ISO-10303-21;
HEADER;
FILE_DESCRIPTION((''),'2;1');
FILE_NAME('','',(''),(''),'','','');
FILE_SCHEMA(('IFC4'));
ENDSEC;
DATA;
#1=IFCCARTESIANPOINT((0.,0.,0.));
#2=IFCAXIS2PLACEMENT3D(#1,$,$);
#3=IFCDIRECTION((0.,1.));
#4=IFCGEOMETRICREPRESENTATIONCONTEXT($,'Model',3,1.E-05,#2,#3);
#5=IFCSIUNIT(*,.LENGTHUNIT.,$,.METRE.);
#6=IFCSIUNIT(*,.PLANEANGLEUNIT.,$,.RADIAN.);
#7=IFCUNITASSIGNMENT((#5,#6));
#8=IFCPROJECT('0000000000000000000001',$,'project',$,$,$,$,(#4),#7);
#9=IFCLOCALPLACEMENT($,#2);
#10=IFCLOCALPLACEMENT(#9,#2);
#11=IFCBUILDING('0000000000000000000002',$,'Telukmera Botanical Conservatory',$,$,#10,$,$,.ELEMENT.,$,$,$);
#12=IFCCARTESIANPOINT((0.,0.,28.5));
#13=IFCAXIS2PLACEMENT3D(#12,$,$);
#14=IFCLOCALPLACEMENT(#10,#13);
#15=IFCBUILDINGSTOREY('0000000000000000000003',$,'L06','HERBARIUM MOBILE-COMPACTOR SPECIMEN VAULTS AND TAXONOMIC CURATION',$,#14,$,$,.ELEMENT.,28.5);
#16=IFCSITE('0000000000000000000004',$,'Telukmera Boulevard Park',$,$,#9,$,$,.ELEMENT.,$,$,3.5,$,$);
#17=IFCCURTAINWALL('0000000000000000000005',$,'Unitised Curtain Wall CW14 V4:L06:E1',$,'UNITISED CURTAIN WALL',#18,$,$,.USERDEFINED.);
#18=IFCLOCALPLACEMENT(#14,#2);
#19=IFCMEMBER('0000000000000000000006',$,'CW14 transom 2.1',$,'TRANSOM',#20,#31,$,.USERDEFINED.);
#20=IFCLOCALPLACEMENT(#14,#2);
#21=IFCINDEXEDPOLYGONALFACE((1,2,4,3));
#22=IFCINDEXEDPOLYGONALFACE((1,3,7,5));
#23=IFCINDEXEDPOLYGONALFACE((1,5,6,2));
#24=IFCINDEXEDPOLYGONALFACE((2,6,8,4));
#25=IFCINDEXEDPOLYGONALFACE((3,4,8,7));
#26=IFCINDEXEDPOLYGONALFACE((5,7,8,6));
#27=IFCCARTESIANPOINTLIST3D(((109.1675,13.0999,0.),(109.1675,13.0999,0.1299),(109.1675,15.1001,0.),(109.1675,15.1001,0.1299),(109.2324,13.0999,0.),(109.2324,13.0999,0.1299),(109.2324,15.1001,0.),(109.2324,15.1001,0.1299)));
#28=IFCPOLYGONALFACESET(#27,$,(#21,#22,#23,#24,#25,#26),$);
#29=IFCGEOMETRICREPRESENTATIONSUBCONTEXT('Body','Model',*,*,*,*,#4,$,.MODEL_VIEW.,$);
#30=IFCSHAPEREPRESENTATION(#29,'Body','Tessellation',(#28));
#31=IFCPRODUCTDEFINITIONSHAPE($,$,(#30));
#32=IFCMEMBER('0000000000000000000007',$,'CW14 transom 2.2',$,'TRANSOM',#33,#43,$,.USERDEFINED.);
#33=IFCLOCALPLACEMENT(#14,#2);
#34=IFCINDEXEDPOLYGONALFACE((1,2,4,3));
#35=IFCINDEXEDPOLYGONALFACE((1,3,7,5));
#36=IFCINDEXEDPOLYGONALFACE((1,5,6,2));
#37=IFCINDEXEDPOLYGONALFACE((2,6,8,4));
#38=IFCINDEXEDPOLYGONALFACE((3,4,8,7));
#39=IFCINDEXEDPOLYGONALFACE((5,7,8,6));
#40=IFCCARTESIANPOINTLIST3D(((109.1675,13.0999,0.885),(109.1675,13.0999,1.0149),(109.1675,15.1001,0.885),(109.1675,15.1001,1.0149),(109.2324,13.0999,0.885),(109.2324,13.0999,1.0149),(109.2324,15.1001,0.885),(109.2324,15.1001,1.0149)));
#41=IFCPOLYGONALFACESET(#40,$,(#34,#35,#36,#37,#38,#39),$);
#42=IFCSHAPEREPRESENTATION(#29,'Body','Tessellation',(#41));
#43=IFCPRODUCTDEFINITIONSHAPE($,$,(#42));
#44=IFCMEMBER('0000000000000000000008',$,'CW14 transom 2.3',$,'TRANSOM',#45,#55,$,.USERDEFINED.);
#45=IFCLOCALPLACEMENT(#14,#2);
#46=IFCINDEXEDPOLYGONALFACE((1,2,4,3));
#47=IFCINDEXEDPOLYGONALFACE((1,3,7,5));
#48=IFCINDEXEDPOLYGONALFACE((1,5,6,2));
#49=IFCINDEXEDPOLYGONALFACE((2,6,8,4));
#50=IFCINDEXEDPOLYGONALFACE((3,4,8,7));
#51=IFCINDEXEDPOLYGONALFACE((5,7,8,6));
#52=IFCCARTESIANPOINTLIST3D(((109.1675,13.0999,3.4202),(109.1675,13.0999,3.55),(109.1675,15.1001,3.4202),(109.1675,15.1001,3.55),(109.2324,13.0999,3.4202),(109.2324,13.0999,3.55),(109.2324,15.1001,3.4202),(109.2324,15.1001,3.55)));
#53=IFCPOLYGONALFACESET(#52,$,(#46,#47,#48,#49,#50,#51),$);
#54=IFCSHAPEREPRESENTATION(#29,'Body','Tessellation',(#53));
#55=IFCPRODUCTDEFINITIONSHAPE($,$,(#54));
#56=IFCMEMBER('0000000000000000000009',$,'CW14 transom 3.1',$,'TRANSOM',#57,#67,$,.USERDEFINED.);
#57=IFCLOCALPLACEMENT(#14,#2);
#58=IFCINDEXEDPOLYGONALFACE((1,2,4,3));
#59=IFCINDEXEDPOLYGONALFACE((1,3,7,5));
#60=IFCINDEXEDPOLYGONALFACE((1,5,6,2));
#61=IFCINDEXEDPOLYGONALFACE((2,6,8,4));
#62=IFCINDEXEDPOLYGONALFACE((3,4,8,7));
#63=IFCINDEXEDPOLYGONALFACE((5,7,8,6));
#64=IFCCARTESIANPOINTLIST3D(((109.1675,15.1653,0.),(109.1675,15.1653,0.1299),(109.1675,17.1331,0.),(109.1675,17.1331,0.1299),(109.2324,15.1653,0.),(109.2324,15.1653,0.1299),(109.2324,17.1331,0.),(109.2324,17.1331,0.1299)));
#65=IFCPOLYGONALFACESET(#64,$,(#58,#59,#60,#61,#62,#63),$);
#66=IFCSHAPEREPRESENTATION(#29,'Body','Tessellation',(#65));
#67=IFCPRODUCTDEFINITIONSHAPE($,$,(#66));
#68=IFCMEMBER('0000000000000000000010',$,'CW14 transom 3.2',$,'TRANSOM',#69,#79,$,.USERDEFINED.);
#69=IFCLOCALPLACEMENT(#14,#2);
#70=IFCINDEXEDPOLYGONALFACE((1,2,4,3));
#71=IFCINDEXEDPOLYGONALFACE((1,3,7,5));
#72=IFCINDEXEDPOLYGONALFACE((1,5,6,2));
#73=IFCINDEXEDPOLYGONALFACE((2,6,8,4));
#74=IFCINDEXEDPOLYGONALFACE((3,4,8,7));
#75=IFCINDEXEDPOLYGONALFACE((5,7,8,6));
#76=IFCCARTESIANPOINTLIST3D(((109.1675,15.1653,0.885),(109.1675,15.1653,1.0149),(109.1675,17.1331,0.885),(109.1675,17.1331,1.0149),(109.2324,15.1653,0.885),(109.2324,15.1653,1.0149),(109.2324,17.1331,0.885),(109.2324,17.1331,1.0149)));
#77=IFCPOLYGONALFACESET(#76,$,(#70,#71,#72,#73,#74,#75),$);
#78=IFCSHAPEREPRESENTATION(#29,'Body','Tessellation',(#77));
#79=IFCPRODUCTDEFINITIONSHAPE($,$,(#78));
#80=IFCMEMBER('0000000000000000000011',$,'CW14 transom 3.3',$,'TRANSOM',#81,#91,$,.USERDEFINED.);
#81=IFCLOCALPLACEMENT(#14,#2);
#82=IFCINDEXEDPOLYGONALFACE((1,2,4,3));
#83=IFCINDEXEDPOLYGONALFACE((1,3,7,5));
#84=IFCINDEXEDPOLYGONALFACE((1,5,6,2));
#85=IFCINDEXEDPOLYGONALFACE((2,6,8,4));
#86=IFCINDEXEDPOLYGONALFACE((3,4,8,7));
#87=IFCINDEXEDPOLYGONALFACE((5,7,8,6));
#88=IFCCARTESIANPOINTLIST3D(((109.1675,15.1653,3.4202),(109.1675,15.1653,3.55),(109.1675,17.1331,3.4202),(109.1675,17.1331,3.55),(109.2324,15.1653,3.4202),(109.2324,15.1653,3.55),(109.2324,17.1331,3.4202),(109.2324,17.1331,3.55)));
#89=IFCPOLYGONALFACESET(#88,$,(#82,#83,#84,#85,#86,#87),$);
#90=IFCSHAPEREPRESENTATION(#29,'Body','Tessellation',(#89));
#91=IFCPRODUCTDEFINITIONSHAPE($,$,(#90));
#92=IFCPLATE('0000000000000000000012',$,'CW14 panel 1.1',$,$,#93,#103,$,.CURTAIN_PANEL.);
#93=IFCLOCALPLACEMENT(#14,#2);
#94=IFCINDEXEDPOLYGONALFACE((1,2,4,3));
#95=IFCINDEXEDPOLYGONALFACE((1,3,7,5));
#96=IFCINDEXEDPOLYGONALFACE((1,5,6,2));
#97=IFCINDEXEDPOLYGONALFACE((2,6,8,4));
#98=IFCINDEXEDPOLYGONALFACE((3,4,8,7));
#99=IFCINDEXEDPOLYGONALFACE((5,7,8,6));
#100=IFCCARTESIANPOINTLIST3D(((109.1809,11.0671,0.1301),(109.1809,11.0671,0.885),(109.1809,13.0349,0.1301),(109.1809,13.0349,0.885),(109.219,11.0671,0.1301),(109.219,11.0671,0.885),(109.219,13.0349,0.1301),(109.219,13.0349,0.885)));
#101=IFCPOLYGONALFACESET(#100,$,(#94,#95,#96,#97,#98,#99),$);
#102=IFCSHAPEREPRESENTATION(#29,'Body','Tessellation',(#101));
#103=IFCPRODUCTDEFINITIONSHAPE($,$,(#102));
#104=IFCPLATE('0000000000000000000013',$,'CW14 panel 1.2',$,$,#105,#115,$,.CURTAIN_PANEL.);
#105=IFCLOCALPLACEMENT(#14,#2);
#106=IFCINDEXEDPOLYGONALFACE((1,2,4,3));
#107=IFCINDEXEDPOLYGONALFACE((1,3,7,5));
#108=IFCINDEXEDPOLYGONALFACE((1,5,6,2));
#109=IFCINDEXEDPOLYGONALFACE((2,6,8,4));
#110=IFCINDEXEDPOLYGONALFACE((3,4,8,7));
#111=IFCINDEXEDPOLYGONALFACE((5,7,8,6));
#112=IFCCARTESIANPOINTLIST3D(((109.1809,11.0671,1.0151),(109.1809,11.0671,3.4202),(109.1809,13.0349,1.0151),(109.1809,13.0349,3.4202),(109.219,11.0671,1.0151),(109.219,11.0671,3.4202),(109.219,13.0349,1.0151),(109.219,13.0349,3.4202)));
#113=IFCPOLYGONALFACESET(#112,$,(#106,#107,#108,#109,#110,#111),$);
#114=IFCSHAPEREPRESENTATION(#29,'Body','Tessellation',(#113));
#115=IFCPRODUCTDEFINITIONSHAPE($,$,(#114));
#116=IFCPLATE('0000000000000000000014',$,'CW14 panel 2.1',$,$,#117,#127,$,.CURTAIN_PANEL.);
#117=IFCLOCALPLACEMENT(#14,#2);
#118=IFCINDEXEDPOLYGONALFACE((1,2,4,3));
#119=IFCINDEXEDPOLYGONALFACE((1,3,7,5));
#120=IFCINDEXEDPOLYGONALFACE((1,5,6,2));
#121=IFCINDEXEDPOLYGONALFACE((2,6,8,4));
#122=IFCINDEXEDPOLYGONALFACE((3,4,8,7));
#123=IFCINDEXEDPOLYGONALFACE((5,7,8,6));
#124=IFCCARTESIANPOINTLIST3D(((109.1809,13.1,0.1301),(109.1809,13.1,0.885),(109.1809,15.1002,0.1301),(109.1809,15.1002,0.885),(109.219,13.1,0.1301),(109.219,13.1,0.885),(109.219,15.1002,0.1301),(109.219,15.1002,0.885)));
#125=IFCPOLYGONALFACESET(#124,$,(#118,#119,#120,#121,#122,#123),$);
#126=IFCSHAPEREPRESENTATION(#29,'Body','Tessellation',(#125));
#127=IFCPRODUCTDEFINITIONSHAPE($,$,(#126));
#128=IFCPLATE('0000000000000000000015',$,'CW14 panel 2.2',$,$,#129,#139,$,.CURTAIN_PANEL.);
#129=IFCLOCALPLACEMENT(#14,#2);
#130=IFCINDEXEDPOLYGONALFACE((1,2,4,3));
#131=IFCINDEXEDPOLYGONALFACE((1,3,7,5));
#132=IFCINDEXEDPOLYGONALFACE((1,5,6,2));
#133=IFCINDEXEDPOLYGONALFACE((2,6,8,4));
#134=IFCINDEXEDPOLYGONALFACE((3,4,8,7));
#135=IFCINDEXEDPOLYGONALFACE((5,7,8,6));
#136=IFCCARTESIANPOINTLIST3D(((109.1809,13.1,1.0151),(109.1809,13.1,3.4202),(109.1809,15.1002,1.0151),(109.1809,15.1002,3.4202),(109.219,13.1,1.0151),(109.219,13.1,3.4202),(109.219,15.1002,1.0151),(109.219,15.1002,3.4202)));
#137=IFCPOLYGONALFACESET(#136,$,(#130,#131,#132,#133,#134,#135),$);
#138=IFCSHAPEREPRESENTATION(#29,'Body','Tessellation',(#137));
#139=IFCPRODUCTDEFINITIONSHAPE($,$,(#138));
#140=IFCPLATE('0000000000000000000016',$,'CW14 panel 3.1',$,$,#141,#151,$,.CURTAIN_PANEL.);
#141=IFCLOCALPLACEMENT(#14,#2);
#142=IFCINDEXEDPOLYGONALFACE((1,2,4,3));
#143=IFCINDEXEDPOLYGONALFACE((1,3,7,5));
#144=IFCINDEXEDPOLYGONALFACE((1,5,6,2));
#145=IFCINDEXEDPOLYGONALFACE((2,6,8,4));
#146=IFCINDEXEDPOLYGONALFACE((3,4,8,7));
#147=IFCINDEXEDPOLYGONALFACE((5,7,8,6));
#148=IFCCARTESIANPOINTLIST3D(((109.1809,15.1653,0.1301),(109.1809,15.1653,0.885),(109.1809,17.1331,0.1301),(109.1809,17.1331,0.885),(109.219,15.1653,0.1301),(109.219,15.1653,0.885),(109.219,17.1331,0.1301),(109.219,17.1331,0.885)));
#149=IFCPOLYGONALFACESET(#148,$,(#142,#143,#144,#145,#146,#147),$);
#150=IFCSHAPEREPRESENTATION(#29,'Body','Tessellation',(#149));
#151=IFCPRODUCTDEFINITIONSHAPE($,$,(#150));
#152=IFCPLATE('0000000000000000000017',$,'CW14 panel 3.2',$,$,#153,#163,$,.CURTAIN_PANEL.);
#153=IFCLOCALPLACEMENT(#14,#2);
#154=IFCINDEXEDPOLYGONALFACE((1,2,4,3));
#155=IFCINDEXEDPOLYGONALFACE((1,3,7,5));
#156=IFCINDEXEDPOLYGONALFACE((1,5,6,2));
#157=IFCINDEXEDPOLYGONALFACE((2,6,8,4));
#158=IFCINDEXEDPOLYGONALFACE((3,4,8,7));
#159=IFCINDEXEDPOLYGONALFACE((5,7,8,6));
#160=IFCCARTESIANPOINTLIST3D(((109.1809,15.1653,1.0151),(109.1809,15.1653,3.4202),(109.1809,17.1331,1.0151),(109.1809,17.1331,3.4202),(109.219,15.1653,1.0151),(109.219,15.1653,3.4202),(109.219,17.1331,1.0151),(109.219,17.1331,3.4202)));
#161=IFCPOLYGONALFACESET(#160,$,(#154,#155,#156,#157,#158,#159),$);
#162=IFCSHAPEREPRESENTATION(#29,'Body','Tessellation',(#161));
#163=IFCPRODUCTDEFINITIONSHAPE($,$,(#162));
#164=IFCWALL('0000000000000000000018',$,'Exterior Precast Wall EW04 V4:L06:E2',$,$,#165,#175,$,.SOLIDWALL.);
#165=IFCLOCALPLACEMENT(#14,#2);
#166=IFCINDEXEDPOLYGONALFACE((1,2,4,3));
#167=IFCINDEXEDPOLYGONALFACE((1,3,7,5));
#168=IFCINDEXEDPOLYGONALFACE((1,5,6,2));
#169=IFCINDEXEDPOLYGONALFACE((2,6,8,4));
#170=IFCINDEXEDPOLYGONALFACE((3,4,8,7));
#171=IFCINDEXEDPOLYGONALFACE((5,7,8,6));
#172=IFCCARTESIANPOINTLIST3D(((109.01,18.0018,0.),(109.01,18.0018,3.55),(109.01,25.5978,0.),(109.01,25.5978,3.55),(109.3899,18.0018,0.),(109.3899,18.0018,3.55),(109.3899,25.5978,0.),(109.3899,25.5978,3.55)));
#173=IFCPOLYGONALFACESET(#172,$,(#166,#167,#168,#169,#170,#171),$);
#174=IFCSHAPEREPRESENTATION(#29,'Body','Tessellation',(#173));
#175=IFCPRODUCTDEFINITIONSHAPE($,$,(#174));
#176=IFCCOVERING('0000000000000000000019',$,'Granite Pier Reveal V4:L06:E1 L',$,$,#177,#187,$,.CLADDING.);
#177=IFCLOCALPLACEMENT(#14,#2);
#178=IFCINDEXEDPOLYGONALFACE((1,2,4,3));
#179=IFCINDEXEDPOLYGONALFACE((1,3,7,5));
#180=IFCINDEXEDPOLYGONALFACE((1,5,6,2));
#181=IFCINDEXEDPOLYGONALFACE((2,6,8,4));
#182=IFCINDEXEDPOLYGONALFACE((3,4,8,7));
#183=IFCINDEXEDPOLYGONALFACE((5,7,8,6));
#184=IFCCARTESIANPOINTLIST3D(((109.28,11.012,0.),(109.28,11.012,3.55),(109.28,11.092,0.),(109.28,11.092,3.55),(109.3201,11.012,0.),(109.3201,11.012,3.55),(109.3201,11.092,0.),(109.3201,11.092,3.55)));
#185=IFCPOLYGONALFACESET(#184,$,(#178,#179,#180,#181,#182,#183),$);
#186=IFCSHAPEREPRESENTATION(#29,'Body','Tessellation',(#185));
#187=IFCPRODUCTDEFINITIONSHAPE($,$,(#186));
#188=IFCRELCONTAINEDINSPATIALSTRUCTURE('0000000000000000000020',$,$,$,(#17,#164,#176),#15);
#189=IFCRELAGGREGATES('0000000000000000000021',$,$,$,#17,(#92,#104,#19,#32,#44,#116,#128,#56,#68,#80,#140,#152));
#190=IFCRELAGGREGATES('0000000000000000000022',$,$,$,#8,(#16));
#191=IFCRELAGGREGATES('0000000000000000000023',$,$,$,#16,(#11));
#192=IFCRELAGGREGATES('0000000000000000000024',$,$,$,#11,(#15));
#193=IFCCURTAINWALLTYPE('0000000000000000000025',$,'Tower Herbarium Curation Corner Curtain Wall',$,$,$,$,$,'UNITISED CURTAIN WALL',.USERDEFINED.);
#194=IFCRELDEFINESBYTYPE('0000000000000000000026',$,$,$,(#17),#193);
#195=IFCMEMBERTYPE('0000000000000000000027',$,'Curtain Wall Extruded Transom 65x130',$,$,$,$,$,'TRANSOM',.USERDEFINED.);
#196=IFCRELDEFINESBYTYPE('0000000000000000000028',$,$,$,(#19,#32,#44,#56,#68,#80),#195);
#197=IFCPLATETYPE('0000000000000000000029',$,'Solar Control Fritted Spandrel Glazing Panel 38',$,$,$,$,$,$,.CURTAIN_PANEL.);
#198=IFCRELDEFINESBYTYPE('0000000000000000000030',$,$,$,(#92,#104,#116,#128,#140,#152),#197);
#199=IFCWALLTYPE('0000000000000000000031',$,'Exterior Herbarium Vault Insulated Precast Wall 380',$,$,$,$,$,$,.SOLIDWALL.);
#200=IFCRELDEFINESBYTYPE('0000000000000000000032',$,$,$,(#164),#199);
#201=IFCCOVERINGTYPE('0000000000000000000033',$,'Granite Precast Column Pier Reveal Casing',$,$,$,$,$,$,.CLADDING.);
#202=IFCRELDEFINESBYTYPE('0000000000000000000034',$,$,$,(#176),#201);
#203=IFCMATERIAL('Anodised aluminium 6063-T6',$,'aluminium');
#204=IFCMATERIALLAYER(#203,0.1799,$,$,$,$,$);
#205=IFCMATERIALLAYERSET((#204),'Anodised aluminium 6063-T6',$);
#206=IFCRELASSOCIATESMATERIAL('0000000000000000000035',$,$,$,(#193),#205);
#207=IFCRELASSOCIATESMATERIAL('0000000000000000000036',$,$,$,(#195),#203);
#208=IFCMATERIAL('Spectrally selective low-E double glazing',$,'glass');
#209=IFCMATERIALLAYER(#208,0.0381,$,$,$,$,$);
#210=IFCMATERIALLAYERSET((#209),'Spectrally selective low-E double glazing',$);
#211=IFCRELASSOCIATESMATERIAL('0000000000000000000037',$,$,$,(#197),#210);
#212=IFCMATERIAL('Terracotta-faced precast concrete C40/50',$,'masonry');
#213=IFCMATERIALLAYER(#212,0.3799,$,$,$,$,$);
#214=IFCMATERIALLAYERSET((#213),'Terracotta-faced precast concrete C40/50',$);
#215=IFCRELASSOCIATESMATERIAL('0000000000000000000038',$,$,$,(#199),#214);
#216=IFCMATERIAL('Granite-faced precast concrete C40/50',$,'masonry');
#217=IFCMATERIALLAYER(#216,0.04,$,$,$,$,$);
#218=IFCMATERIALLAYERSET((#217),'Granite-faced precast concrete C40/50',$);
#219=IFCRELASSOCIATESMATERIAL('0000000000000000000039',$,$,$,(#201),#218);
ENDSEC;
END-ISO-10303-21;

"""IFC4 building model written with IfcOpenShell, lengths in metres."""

from ifc_helpers import new_model, si_unit, direction, frame, frame_2d, origin, origin_2d, place, context, subcontext, project, spatial, rectangle, extrude, material, layer, layer_set, material_profile, profile_set, type_object, element, aggregate, save


model = new_model("IFC4")

# Units and contexts
model_context = context("Model", 3, precision=1e-05, world=origin(), true_north=direction((0.0, 1.0)))
body_context = subcontext(model_context, "Body", "Model", "MODEL_VIEW")
ifc_project = project(units=[si_unit("LENGTHUNIT", "METRE"), si_unit("PLANEANGLEUNIT", "RADIAN")], contexts=[model_context])

# Site, building, storey
site_placement = place(None, origin())
site = spatial("IfcSite", under=ifc_project, at=site_placement, Name="Telukmera Boulevard Park", CompositionType="ELEMENT", RefElevation=3.5)
building_placement = place(site_placement, origin())
building = spatial("IfcBuilding", under=site, at=building_placement, Name="Telukmera Botanical Conservatory", CompositionType="ELEMENT")
storey_placement = place(building_placement, frame((0.0, 0.0, 28.5)))
storey = spatial("IfcBuildingStorey", under=building, at=storey_placement, Name="L06", Description="HERBARIUM MOBILE-COMPACTOR SPECIMEN VAULTS AND TAXONOMIC CURATION", CompositionType="ELEMENT", Elevation=28.5)

# Curtain wall, members, plates
ifc_material_1 = material(Name="Anodised aluminium 6063-T6", Category="aluminium")
ifc_layer_1 = layer(ifc_material_1, 0.1799)
ifc_layer_set_1 = layer_set([ifc_layer_1], Name="Anodised aluminium 6063-T6")
curtain_wall_type = type_object("IfcCurtainWallType", Name="Tower Herbarium Curation Corner Curtain Wall", ElementType="UNITISED CURTAIN WALL", PredefinedType="USERDEFINED", material=ifc_layer_set_1)
curtain_wall_placement = place(storey_placement, origin())
curtain_wall = element("IfcCurtainWall", 1, at=curtain_wall_placement, inside=storey, type_object=curtain_wall_type, Name="Unitised Curtain Wall CW14 V4:L06:E1", ObjectType="UNITISED CURTAIN WALL", PredefinedType="USERDEFINED")
ifc_material_profile_1 = material_profile(ifc_material_1, rectangle(XDim=0.0649, YDim=0.1299, at=origin_2d()), Name="ALU TRAN 65x130")
ifc_profile_set_1 = profile_set([ifc_material_profile_1], Name="Anodised aluminium 6063-T6")
member_type_1 = type_object("IfcMemberType", Name="Curtain Wall Extruded Transom 65x130", ElementType="TRANSOM", PredefinedType="USERDEFINED", material=ifc_profile_set_1)
member_1_placement = place(storey_placement, frame((109.2, 13.0999, 0.0649), z_axis=(0.0, 1.0, 0.0), x_axis=(-1.0, 0.0, 0.0)))
member_1 = element("IfcMember", 2, at=member_1_placement, type_object=member_type_1, Name="CW14 transom 2.1", ObjectType="TRANSOM", PredefinedType="USERDEFINED", context=body_context, shape_type="SweptSolid", body=[
    extrude(rectangle(XDim=0.0649, YDim=0.1299, at=origin_2d()), origin(), (0.0, 0.0, 1.0), 2.0002),
])
member_2_placement = place(storey_placement, frame((109.2, 13.0999, 0.95), z_axis=(0.0, 1.0, 0.0), x_axis=(-1.0, 0.0, 0.0)))
member_2 = element("IfcMember", 3, at=member_2_placement, type_object=member_type_1, Name="CW14 transom 2.2", ObjectType="TRANSOM", PredefinedType="USERDEFINED", context=body_context, shape_type="SweptSolid", body=[
    extrude(rectangle(XDim=0.0649, YDim=0.1299, at=origin_2d()), origin(), (0.0, 0.0, 1.0), 2.0002),
])
member_3_placement = place(storey_placement, frame((109.2, 13.0999, 3.4851), z_axis=(0.0, 1.0, 0.0), x_axis=(-1.0, 0.0, 0.0)))
member_3 = element("IfcMember", 4, at=member_3_placement, type_object=member_type_1, Name="CW14 transom 2.3", ObjectType="TRANSOM", PredefinedType="USERDEFINED", context=body_context, shape_type="SweptSolid", body=[
    extrude(rectangle(XDim=0.0649, YDim=0.1299, at=origin_2d()), origin(), (0.0, 0.0, 1.0), 2.0002),
])
member_4_placement = place(storey_placement, frame((109.2, 15.1653, 0.0649), z_axis=(0.0, 1.0, 0.0), x_axis=(-1.0, 0.0, 0.0)))
member_4 = element("IfcMember", 5, at=member_4_placement, type_object=member_type_1, Name="CW14 transom 3.1", ObjectType="TRANSOM", PredefinedType="USERDEFINED", context=body_context, shape_type="SweptSolid", body=[
    extrude(rectangle(XDim=0.0649, YDim=0.1299, at=origin_2d()), origin(), (0.0, 0.0, 1.0), 1.9678),
])
member_5_placement = place(storey_placement, frame((109.2, 15.1653, 0.95), z_axis=(0.0, 1.0, 0.0), x_axis=(-1.0, 0.0, 0.0)))
member_5 = element("IfcMember", 6, at=member_5_placement, type_object=member_type_1, Name="CW14 transom 3.2", ObjectType="TRANSOM", PredefinedType="USERDEFINED", context=body_context, shape_type="SweptSolid", body=[
    extrude(rectangle(XDim=0.0649, YDim=0.1299, at=origin_2d()), origin(), (0.0, 0.0, 1.0), 1.9678),
])
member_6_placement = place(storey_placement, frame((109.2, 15.1653, 3.4851), z_axis=(0.0, 1.0, 0.0), x_axis=(-1.0, 0.0, 0.0)))
member_6 = element("IfcMember", 7, at=member_6_placement, type_object=member_type_1, Name="CW14 transom 3.3", ObjectType="TRANSOM", PredefinedType="USERDEFINED", context=body_context, shape_type="SweptSolid", body=[
    extrude(rectangle(XDim=0.0649, YDim=0.1299, at=origin_2d()), origin(), (0.0, 0.0, 1.0), 1.9678),
])
ifc_material_2 = material(Name="Spectrally selective low-E double glazing", Category="glass")
ifc_layer_2 = layer(ifc_material_2, 0.0381)
ifc_layer_set_2 = layer_set([ifc_layer_2], Name="Spectrally selective low-E double glazing")
plate_type = type_object("IfcPlateType", Name="Solar Control Fritted Spandrel Glazing Panel 38", PredefinedType="CURTAIN_PANEL", material=ifc_layer_set_2)
plate_1_placement = place(storey_placement, frame((109.2, 12.051, 0.1301), z_axis=(0.0, 0.0, 1.0), x_axis=(0.0, 1.0, 0.0)))
plate_1 = element("IfcPlate", 8, at=plate_1_placement, type_object=plate_type, Name="CW14 panel 1.1", PredefinedType="CURTAIN_PANEL", context=body_context, shape_type="SweptSolid", body=[
    extrude(rectangle(XDim=1.9678, YDim=0.0381, at=origin_2d()), origin(), (0.0, 0.0, 1.0), 0.7549),
])
plate_2_placement = place(storey_placement, frame((109.2, 12.051, 1.0151), z_axis=(0.0, 0.0, 1.0), x_axis=(0.0, 1.0, 0.0)))
plate_2 = element("IfcPlate", 9, at=plate_2_placement, type_object=plate_type, Name="CW14 panel 1.2", PredefinedType="CURTAIN_PANEL", context=body_context, shape_type="SweptSolid", body=[
    extrude(rectangle(XDim=1.9678, YDim=0.0381, at=origin_2d()), origin(), (0.0, 0.0, 1.0), 2.405),
])
plate_3_placement = place(storey_placement, frame((109.2, 14.1001, 0.1301), z_axis=(0.0, 0.0, 1.0), x_axis=(0.0, 1.0, 0.0)))
plate_3 = element("IfcPlate", 10, at=plate_3_placement, type_object=plate_type, Name="CW14 panel 2.1", PredefinedType="CURTAIN_PANEL", context=body_context, shape_type="SweptSolid", body=[
    extrude(rectangle(XDim=2.0002, YDim=0.0381, at=origin_2d()), origin(), (0.0, 0.0, 1.0), 0.7549),
])
plate_4_placement = place(storey_placement, frame((109.2, 14.1001, 1.0151), z_axis=(0.0, 0.0, 1.0), x_axis=(0.0, 1.0, 0.0)))
plate_4 = element("IfcPlate", 11, at=plate_4_placement, type_object=plate_type, Name="CW14 panel 2.2", PredefinedType="CURTAIN_PANEL", context=body_context, shape_type="SweptSolid", body=[
    extrude(rectangle(XDim=2.0002, YDim=0.0381, at=origin_2d()), origin(), (0.0, 0.0, 1.0), 2.405),
])
plate_5_placement = place(storey_placement, frame((109.2, 16.1492, 0.1301), z_axis=(0.0, 0.0, 1.0), x_axis=(0.0, 1.0, 0.0)))
plate_5 = element("IfcPlate", 12, at=plate_5_placement, type_object=plate_type, Name="CW14 panel 3.1", PredefinedType="CURTAIN_PANEL", context=body_context, shape_type="SweptSolid", body=[
    extrude(rectangle(XDim=1.9678, YDim=0.0381, at=origin_2d()), origin(), (0.0, 0.0, 1.0), 0.7549),
])
plate_6_placement = place(storey_placement, frame((109.2, 16.1492, 1.0151), z_axis=(0.0, 0.0, 1.0), x_axis=(0.0, 1.0, 0.0)))
plate_6 = element("IfcPlate", 13, at=plate_6_placement, type_object=plate_type, Name="CW14 panel 3.2", PredefinedType="CURTAIN_PANEL", context=body_context, shape_type="SweptSolid", body=[
    extrude(rectangle(XDim=1.9678, YDim=0.0381, at=origin_2d()), origin(), (0.0, 0.0, 1.0), 2.405),
])
aggregate(curtain_wall, [plate_1, plate_2, member_1, member_2, member_3, plate_3, plate_4, member_4, member_5, member_6, plate_5, plate_6])

# Wall
ifc_material_3 = material(Name="Terracotta-faced precast concrete C40/50", Category="masonry")
ifc_layer_3 = layer(ifc_material_3, 0.3799)
ifc_layer_set_3 = layer_set([ifc_layer_3], Name="Terracotta-faced precast concrete C40/50")
wall_type = type_object("IfcWallType", Name="Exterior Herbarium Vault Insulated Precast Wall 380", PredefinedType="SOLIDWALL", material=ifc_layer_set_3)
wall_placement = place(storey_placement, frame((109.2, 18.002, 0.0), z_axis=(0.0, 0.0, 1.0), x_axis=(0.0, 1.0, 0.0)))
element("IfcWall", 14, at=wall_placement, inside=storey, type_object=wall_type, Name="Exterior Precast Wall EW04 V4:L06:E2", PredefinedType="SOLIDWALL", context=body_context, shape_type="SweptSolid", body=[
    extrude(rectangle(XDim=7.5959, YDim=0.3799, at=frame_2d((3.7979, 0.0))), origin(), (0.0, 0.0, 1.0), 3.55),
])

# Covering
ifc_material_4 = material(Name="Granite-faced precast concrete C40/50", Category="masonry")
ifc_layer_4 = layer(ifc_material_4, 0.04)
ifc_layer_set_4 = layer_set([ifc_layer_4], Name="Granite-faced precast concrete C40/50")
covering_type_1 = type_object("IfcCoveringType", Name="Granite Precast Column Pier Reveal Casing", PredefinedType="CLADDING", material=ifc_layer_set_4)
for number, where, z_axis, x_axis, name in (
    (15, (109.3, 11.052, 0.0), (0.0, 0.0, 1.0), (0.0, 1.0, 0.0), "Granite Pier Reveal V4:L06:E1 L"),
):
    element("IfcCovering", number, at=place(storey_placement, frame(where, z_axis=z_axis, x_axis=x_axis)), inside=storey, type_object=covering_type_1, Name=name, PredefinedType="CLADDING", context=body_context, shape_type="SweptSolid", body=[
        extrude(rectangle(XDim=0.0801, YDim=0.04, at=origin_2d()), origin(), (0.0, 0.0, 1.0), 3.55),
    ])

save(model, "model.ifc")
